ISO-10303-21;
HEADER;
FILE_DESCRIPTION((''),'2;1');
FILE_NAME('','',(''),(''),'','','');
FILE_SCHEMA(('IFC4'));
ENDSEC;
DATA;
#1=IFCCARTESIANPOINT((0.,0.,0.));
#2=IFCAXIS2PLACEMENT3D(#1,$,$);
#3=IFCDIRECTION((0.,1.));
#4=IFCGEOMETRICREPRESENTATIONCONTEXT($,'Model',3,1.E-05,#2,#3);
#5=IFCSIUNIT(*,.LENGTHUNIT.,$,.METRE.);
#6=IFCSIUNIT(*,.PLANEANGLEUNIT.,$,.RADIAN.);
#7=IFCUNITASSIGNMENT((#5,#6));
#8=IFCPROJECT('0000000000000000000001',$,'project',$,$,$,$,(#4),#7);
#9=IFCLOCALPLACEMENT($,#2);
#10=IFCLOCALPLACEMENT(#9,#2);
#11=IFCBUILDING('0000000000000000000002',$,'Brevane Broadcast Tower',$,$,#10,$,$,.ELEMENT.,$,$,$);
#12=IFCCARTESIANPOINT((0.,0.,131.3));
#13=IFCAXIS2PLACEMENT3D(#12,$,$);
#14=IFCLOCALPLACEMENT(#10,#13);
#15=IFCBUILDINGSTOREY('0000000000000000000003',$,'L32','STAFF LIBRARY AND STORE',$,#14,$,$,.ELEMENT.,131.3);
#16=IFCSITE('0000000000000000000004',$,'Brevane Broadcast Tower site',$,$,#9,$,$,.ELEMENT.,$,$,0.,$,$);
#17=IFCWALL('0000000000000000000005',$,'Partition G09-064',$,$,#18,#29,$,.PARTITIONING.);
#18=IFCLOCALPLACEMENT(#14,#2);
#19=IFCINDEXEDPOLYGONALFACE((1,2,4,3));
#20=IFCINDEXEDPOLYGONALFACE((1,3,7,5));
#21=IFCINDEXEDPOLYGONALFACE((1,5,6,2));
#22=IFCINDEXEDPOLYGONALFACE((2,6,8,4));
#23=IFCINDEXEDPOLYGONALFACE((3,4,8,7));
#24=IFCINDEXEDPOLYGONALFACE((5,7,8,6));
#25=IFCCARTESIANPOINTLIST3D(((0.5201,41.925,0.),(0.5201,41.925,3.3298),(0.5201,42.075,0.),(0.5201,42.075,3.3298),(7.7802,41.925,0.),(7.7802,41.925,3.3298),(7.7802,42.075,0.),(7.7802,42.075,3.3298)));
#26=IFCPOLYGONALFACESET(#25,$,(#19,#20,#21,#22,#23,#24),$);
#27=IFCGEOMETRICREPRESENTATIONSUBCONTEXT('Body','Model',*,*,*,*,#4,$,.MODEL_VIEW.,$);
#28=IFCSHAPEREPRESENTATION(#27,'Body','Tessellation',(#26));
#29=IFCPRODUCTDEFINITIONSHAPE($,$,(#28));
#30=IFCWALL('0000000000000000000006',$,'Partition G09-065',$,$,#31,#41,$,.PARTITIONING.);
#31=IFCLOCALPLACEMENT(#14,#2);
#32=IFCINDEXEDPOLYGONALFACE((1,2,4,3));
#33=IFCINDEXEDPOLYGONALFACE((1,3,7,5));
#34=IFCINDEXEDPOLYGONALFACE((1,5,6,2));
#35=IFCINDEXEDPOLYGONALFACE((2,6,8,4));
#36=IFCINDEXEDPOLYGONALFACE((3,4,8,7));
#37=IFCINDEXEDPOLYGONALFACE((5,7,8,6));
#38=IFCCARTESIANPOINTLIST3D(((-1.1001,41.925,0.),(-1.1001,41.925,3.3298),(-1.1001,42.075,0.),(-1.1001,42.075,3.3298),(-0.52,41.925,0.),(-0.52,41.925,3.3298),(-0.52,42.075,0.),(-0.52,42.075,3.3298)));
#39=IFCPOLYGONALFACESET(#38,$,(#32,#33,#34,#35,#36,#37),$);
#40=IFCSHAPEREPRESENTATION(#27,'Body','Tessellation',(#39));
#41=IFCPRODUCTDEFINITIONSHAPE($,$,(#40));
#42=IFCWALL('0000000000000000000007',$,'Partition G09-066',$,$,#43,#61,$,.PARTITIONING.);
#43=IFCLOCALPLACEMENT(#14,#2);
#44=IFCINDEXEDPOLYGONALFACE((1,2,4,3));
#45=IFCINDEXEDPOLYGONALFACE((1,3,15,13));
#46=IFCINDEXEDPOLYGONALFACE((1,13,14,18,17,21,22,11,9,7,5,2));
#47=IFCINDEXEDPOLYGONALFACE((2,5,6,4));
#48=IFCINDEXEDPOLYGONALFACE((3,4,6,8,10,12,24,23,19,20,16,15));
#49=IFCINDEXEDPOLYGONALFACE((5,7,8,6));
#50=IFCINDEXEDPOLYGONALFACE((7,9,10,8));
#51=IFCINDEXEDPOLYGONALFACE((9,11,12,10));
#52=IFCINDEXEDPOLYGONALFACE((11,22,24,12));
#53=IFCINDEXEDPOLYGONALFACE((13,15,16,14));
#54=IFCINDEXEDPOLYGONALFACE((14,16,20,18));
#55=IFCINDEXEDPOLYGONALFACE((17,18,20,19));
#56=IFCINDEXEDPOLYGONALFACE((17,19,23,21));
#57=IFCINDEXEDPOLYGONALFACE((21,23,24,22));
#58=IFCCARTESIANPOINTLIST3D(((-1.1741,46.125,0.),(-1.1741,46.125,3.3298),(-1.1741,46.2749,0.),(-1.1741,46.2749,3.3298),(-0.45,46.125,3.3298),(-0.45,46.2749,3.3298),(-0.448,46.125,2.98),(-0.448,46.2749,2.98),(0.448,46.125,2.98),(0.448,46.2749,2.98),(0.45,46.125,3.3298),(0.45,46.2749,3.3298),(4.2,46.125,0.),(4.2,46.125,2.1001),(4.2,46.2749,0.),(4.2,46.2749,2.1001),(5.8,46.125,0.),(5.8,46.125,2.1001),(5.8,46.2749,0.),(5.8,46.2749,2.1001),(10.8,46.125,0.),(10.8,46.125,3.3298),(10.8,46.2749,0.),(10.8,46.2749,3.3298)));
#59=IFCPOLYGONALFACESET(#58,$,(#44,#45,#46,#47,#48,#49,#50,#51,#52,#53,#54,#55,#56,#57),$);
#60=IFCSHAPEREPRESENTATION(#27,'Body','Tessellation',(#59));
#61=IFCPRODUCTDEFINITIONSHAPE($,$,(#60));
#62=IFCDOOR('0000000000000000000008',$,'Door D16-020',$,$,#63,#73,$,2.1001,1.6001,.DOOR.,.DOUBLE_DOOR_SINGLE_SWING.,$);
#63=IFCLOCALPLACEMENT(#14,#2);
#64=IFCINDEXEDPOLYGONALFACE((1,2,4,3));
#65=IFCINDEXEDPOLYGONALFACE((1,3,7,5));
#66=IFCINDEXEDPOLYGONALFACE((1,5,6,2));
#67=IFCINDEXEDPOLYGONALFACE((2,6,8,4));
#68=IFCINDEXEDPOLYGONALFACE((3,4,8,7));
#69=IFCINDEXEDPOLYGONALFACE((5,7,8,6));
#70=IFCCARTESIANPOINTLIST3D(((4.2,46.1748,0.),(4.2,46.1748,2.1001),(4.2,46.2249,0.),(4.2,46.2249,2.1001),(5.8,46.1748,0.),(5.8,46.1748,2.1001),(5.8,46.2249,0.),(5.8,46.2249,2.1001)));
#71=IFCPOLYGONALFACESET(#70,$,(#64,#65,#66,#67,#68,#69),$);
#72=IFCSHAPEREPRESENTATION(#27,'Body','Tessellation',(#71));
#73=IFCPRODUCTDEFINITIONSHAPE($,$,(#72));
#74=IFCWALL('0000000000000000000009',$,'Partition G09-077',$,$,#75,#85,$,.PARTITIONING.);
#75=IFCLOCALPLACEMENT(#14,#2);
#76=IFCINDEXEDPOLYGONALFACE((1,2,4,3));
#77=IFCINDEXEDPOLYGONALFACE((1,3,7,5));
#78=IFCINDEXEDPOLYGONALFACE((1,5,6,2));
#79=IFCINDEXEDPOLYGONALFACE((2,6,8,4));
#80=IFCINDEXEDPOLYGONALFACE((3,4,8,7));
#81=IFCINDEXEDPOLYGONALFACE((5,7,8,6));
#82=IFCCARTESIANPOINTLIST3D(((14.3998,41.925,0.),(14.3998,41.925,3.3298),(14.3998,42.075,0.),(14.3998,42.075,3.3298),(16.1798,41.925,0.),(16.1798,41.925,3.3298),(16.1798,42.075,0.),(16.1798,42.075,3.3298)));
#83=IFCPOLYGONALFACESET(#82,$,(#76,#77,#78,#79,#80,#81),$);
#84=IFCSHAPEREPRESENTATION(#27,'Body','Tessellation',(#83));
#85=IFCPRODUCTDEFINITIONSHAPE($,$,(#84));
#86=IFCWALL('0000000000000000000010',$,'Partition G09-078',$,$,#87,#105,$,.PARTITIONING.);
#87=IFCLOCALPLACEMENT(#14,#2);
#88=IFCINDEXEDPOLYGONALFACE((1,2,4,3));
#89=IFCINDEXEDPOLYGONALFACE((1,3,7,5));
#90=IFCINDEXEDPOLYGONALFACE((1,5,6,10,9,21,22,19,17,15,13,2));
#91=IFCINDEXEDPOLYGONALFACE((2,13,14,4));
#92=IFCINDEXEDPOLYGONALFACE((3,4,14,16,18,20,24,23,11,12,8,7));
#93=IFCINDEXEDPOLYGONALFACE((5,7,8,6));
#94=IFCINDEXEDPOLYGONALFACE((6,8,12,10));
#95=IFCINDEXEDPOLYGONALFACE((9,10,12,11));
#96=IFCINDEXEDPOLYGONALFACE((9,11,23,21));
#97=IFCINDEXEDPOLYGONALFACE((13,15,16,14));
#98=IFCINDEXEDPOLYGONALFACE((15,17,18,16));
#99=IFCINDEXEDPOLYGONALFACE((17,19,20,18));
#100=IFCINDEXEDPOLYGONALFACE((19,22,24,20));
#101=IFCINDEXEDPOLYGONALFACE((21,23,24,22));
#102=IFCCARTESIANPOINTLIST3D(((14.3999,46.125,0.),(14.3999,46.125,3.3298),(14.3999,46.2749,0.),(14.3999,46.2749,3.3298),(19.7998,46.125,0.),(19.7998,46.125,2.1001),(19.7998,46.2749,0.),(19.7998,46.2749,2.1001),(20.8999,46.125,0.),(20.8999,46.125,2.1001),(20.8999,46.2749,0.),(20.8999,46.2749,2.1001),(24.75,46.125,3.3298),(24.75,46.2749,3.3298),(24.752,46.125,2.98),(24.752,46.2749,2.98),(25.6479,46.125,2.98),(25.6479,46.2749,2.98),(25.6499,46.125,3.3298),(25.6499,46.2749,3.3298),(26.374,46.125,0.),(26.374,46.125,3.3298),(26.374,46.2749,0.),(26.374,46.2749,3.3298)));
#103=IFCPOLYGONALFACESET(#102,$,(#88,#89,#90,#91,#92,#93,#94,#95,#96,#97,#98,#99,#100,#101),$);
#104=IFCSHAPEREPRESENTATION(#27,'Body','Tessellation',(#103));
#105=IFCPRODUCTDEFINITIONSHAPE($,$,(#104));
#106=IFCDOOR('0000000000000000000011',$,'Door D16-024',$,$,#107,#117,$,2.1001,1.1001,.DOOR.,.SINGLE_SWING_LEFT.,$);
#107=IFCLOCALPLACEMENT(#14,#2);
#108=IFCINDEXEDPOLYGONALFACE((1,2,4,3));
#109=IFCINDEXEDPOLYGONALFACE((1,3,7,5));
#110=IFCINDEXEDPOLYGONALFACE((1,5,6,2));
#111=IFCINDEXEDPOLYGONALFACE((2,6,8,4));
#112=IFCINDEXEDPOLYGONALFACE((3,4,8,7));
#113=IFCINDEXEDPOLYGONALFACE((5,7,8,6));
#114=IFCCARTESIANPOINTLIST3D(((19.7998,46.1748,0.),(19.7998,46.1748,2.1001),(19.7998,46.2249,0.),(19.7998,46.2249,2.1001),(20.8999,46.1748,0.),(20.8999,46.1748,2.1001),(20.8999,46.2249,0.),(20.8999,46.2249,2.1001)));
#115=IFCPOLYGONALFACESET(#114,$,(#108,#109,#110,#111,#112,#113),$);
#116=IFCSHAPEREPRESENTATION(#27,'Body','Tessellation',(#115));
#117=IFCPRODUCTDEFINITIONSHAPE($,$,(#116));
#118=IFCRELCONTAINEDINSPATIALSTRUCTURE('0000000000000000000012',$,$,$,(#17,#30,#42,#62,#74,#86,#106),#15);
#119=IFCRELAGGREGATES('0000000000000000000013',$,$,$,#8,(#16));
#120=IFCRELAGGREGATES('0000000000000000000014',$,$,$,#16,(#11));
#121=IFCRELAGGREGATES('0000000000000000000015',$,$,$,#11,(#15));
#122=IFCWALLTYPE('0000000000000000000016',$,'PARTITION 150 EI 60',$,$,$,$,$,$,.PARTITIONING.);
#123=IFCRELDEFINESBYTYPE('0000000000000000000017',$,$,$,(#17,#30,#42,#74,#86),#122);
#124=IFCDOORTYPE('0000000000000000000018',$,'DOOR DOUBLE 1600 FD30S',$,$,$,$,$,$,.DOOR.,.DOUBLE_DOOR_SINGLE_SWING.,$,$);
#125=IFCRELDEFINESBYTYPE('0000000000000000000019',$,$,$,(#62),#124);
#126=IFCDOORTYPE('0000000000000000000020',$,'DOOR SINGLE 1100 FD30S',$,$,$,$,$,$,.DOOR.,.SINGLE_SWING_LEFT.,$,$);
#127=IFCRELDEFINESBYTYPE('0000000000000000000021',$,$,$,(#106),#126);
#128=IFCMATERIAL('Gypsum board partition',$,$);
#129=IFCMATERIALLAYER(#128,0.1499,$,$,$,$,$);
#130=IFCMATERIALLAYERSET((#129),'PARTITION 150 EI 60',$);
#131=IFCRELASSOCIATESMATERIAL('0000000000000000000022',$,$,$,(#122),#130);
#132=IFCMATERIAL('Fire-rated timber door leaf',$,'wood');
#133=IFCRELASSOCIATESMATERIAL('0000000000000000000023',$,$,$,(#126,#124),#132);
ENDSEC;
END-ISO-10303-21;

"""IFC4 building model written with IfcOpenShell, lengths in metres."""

from ifc_helpers import new_model, si_unit, direction, frame, frame_2d, origin, place, context, subcontext, project, spatial, polyline, rectangle, outline, extrude, material, layer, layer_set, type_object, element, fill, save


model = new_model("IFC4")

# Units and contexts
model_context = context("Model", 3, precision=1e-05, world=origin(), true_north=direction((0.0, 1.0)))
body_context = subcontext(model_context, "Body", "Model", "MODEL_VIEW")
ifc_project = project(units=[si_unit("LENGTHUNIT", "METRE"), si_unit("PLANEANGLEUNIT", "RADIAN")], contexts=[model_context])

# Site, building, storey
site_placement = place(None, origin())
site = spatial("IfcSite", under=ifc_project, at=site_placement, Name="Brevane Broadcast Tower site", CompositionType="ELEMENT", RefElevation=0.0)
building_placement = place(site_placement, origin())
building = spatial("IfcBuilding", under=site, at=building_placement, Name="Brevane Broadcast Tower", CompositionType="ELEMENT")
storey_placement = place(building_placement, frame((0.0, 0.0, 131.3)))
storey = spatial("IfcBuildingStorey", under=building, at=storey_placement, Name="L32", Description="STAFF LIBRARY AND STORE", CompositionType="ELEMENT", Elevation=131.3)

# Shared definitions
ifc_material_1 = material(Name="Gypsum board partition")
ifc_layer_1 = layer(ifc_material_1, 0.1499)
ifc_layer_set_1 = layer_set([ifc_layer_1], Name="PARTITION 150 EI 60")
wall_type_1 = type_object("IfcWallType", Name="PARTITION 150 EI 60", PredefinedType="PARTITIONING", material=ifc_layer_set_1)

# Shared definitions
ifc_material_2 = material(Name="Fire-rated timber door leaf", Category="wood")
door_type_1 = type_object("IfcDoorType", Name="DOOR SINGLE 1100 FD30S", OperationType="SINGLE_SWING_LEFT", PredefinedType="DOOR", material=ifc_material_2)

# Walls
wall_1_placement = place(storey_placement, frame((7.78, 42.0, 0.0), z_axis=(0.0, 0.0, 1.0), x_axis=(-1.0, 0.0, 0.0)))
element("IfcWall", 1, at=wall_1_placement, inside=storey, type_object=wall_type_1, Name="Partition G09-064", PredefinedType="PARTITIONING", context=body_context, shape_type="SweptSolid", body=[
    extrude(rectangle(XDim=7.26, YDim=0.1499, at=frame_2d((3.6299, 0.0))), origin(), (0.0, 0.0, 1.0), 3.3298),
])
wall_2_placement = place(storey_placement, frame((-0.52, 42.0, 0.0), z_axis=(0.0, 0.0, 1.0), x_axis=(-1.0, 0.0, 0.0)))
element("IfcWall", 2, at=wall_2_placement, inside=storey, type_object=wall_type_1, Name="Partition G09-065", PredefinedType="PARTITIONING", context=body_context, shape_type="SweptSolid", body=[
    extrude(rectangle(XDim=0.5801, YDim=0.1499, at=frame_2d((0.29, 0.0))), origin(), (0.0, 0.0, 1.0), 3.3298),
])

# Wall, opening, door
wall_3_placement = place(storey_placement, frame((-1.1741, 46.2, 0.0), z_axis=(0.0, 0.0, 1.0), x_axis=(1.0, 0.0, 0.0)))
wall_3 = element("IfcWall", 3, at=wall_3_placement, inside=storey, type_object=wall_type_1, Name="Partition G09-066", PredefinedType="PARTITIONING", context=body_context, shape_type="SweptSolid", body=[
    extrude(outline(polyline([(0.0, 0.0), (11.9741, 0.0), (11.9741, 3.3298), (1.624, 3.3298), (1.6221, 2.98), (0.7261, 2.98), (0.7241, 3.3298), (0.074, 3.3298), (0.0, 3.3298), (0.0, 0.0)])), frame((0.0, 0.075, 0.0), z_axis=(0.0, -1.0, 0.0), x_axis=(1.0, 0.0, 0.0)), (0.0, 0.0, 1.0), 0.1499),
])
opening_1_placement = place(wall_3_placement, frame((5.374, 0.0, 0.0)))
opening_1 = element("IfcOpeningElement", 4, at=opening_1_placement, cuts=wall_3, PredefinedType="OPENING", context=body_context, shape_type="SweptSolid", body=[
    extrude(rectangle(XDim=1.6001, YDim=2.1001, at=frame_2d((0.8, 1.05))), frame((0.0, 0.085, 0.0), z_axis=(0.0, -1.0, 0.0), x_axis=(1.0, 0.0, 0.0)), (0.0, 0.0, 1.0), 0.1699),
])
door_type_2 = type_object("IfcDoorType", Name="DOOR DOUBLE 1600 FD30S", OperationType="DOUBLE_DOOR_SINGLE_SWING", PredefinedType="DOOR", material=ifc_material_2)
door_1_placement = place(opening_1_placement, origin())
door_1 = element("IfcDoor", 5, at=door_1_placement, inside=storey, type_object=door_type_2, Name="Door D16-020", OperationType="DOUBLE_DOOR_SINGLE_SWING", OverallHeight=2.1001, OverallWidth=1.6001, PredefinedType="DOOR", context=body_context, shape_type="SweptSolid", body=[
    extrude(rectangle(XDim=1.6001, YDim=2.1001, at=frame_2d((0.8, 1.05))), frame((0.0, 0.0249, 0.0), z_axis=(0.0, -1.0, 0.0), x_axis=(1.0, 0.0, 0.0)), (0.0, 0.0, 1.0), 0.05),
])
fill(opening_1, door_1)

# Wall
wall_4_placement = place(storey_placement, frame((16.1799, 42.0, 0.0), z_axis=(0.0, 0.0, 1.0), x_axis=(-1.0, 0.0, 0.0)))
element("IfcWall", 6, at=wall_4_placement, inside=storey, type_object=wall_type_1, Name="Partition G09-077", PredefinedType="PARTITIONING", context=body_context, shape_type="SweptSolid", body=[
    extrude(rectangle(XDim=1.78, YDim=0.1499, at=frame_2d((0.8901, 0.0))), origin(), (0.0, 0.0, 1.0), 3.3298),
])

# Wall, opening, door
wall_5_placement = place(storey_placement, frame((14.3999, 46.2, 0.0), z_axis=(0.0, 0.0, 1.0), x_axis=(1.0, 0.0, 0.0)))
wall_5 = element("IfcWall", 7, at=wall_5_placement, inside=storey, type_object=wall_type_1, Name="Partition G09-078", PredefinedType="PARTITIONING", context=body_context, shape_type="SweptSolid", body=[
    extrude(outline(polyline([(0.0, 0.0), (11.9741, 0.0), (11.9741, 3.3298), (11.8999, 3.3298), (11.25, 3.3298), (11.248, 2.98), (10.3521, 2.98), (10.3501, 3.3298), (0.0, 3.3298), (0.0, 0.0)])), frame((0.0, 0.075, 0.0), z_axis=(0.0, -1.0, 0.0), x_axis=(1.0, 0.0, 0.0)), (0.0, 0.0, 1.0), 0.1499),
])
opening_2_placement = place(wall_5_placement, frame((5.3999, 0.0, 0.0)))
opening_2 = element("IfcOpeningElement", 8, at=opening_2_placement, cuts=wall_5, PredefinedType="OPENING", context=body_context, shape_type="SweptSolid", body=[
    extrude(rectangle(XDim=1.1001, YDim=2.1001, at=frame_2d((0.55, 1.05))), frame((0.0, 0.085, 0.0), z_axis=(0.0, -1.0, 0.0), x_axis=(1.0, 0.0, 0.0)), (0.0, 0.0, 1.0), 0.1699),
])
door_2_placement = place(opening_2_placement, origin())
door_2 = element("IfcDoor", 9, at=door_2_placement, inside=storey, type_object=door_type_1, Name="Door D16-024", OperationType="SINGLE_SWING_LEFT", OverallHeight=2.1001, OverallWidth=1.1001, PredefinedType="DOOR", context=body_context, shape_type="SweptSolid", body=[
    extrude(rectangle(XDim=1.1001, YDim=2.1001, at=frame_2d((0.55, 1.05))), frame((0.0, 0.0249, 0.0), z_axis=(0.0, -1.0, 0.0), x_axis=(1.0, 0.0, 0.0)), (0.0, 0.0, 1.0), 0.05),
])
fill(opening_2, door_2)

save(model, "model.ifc")
